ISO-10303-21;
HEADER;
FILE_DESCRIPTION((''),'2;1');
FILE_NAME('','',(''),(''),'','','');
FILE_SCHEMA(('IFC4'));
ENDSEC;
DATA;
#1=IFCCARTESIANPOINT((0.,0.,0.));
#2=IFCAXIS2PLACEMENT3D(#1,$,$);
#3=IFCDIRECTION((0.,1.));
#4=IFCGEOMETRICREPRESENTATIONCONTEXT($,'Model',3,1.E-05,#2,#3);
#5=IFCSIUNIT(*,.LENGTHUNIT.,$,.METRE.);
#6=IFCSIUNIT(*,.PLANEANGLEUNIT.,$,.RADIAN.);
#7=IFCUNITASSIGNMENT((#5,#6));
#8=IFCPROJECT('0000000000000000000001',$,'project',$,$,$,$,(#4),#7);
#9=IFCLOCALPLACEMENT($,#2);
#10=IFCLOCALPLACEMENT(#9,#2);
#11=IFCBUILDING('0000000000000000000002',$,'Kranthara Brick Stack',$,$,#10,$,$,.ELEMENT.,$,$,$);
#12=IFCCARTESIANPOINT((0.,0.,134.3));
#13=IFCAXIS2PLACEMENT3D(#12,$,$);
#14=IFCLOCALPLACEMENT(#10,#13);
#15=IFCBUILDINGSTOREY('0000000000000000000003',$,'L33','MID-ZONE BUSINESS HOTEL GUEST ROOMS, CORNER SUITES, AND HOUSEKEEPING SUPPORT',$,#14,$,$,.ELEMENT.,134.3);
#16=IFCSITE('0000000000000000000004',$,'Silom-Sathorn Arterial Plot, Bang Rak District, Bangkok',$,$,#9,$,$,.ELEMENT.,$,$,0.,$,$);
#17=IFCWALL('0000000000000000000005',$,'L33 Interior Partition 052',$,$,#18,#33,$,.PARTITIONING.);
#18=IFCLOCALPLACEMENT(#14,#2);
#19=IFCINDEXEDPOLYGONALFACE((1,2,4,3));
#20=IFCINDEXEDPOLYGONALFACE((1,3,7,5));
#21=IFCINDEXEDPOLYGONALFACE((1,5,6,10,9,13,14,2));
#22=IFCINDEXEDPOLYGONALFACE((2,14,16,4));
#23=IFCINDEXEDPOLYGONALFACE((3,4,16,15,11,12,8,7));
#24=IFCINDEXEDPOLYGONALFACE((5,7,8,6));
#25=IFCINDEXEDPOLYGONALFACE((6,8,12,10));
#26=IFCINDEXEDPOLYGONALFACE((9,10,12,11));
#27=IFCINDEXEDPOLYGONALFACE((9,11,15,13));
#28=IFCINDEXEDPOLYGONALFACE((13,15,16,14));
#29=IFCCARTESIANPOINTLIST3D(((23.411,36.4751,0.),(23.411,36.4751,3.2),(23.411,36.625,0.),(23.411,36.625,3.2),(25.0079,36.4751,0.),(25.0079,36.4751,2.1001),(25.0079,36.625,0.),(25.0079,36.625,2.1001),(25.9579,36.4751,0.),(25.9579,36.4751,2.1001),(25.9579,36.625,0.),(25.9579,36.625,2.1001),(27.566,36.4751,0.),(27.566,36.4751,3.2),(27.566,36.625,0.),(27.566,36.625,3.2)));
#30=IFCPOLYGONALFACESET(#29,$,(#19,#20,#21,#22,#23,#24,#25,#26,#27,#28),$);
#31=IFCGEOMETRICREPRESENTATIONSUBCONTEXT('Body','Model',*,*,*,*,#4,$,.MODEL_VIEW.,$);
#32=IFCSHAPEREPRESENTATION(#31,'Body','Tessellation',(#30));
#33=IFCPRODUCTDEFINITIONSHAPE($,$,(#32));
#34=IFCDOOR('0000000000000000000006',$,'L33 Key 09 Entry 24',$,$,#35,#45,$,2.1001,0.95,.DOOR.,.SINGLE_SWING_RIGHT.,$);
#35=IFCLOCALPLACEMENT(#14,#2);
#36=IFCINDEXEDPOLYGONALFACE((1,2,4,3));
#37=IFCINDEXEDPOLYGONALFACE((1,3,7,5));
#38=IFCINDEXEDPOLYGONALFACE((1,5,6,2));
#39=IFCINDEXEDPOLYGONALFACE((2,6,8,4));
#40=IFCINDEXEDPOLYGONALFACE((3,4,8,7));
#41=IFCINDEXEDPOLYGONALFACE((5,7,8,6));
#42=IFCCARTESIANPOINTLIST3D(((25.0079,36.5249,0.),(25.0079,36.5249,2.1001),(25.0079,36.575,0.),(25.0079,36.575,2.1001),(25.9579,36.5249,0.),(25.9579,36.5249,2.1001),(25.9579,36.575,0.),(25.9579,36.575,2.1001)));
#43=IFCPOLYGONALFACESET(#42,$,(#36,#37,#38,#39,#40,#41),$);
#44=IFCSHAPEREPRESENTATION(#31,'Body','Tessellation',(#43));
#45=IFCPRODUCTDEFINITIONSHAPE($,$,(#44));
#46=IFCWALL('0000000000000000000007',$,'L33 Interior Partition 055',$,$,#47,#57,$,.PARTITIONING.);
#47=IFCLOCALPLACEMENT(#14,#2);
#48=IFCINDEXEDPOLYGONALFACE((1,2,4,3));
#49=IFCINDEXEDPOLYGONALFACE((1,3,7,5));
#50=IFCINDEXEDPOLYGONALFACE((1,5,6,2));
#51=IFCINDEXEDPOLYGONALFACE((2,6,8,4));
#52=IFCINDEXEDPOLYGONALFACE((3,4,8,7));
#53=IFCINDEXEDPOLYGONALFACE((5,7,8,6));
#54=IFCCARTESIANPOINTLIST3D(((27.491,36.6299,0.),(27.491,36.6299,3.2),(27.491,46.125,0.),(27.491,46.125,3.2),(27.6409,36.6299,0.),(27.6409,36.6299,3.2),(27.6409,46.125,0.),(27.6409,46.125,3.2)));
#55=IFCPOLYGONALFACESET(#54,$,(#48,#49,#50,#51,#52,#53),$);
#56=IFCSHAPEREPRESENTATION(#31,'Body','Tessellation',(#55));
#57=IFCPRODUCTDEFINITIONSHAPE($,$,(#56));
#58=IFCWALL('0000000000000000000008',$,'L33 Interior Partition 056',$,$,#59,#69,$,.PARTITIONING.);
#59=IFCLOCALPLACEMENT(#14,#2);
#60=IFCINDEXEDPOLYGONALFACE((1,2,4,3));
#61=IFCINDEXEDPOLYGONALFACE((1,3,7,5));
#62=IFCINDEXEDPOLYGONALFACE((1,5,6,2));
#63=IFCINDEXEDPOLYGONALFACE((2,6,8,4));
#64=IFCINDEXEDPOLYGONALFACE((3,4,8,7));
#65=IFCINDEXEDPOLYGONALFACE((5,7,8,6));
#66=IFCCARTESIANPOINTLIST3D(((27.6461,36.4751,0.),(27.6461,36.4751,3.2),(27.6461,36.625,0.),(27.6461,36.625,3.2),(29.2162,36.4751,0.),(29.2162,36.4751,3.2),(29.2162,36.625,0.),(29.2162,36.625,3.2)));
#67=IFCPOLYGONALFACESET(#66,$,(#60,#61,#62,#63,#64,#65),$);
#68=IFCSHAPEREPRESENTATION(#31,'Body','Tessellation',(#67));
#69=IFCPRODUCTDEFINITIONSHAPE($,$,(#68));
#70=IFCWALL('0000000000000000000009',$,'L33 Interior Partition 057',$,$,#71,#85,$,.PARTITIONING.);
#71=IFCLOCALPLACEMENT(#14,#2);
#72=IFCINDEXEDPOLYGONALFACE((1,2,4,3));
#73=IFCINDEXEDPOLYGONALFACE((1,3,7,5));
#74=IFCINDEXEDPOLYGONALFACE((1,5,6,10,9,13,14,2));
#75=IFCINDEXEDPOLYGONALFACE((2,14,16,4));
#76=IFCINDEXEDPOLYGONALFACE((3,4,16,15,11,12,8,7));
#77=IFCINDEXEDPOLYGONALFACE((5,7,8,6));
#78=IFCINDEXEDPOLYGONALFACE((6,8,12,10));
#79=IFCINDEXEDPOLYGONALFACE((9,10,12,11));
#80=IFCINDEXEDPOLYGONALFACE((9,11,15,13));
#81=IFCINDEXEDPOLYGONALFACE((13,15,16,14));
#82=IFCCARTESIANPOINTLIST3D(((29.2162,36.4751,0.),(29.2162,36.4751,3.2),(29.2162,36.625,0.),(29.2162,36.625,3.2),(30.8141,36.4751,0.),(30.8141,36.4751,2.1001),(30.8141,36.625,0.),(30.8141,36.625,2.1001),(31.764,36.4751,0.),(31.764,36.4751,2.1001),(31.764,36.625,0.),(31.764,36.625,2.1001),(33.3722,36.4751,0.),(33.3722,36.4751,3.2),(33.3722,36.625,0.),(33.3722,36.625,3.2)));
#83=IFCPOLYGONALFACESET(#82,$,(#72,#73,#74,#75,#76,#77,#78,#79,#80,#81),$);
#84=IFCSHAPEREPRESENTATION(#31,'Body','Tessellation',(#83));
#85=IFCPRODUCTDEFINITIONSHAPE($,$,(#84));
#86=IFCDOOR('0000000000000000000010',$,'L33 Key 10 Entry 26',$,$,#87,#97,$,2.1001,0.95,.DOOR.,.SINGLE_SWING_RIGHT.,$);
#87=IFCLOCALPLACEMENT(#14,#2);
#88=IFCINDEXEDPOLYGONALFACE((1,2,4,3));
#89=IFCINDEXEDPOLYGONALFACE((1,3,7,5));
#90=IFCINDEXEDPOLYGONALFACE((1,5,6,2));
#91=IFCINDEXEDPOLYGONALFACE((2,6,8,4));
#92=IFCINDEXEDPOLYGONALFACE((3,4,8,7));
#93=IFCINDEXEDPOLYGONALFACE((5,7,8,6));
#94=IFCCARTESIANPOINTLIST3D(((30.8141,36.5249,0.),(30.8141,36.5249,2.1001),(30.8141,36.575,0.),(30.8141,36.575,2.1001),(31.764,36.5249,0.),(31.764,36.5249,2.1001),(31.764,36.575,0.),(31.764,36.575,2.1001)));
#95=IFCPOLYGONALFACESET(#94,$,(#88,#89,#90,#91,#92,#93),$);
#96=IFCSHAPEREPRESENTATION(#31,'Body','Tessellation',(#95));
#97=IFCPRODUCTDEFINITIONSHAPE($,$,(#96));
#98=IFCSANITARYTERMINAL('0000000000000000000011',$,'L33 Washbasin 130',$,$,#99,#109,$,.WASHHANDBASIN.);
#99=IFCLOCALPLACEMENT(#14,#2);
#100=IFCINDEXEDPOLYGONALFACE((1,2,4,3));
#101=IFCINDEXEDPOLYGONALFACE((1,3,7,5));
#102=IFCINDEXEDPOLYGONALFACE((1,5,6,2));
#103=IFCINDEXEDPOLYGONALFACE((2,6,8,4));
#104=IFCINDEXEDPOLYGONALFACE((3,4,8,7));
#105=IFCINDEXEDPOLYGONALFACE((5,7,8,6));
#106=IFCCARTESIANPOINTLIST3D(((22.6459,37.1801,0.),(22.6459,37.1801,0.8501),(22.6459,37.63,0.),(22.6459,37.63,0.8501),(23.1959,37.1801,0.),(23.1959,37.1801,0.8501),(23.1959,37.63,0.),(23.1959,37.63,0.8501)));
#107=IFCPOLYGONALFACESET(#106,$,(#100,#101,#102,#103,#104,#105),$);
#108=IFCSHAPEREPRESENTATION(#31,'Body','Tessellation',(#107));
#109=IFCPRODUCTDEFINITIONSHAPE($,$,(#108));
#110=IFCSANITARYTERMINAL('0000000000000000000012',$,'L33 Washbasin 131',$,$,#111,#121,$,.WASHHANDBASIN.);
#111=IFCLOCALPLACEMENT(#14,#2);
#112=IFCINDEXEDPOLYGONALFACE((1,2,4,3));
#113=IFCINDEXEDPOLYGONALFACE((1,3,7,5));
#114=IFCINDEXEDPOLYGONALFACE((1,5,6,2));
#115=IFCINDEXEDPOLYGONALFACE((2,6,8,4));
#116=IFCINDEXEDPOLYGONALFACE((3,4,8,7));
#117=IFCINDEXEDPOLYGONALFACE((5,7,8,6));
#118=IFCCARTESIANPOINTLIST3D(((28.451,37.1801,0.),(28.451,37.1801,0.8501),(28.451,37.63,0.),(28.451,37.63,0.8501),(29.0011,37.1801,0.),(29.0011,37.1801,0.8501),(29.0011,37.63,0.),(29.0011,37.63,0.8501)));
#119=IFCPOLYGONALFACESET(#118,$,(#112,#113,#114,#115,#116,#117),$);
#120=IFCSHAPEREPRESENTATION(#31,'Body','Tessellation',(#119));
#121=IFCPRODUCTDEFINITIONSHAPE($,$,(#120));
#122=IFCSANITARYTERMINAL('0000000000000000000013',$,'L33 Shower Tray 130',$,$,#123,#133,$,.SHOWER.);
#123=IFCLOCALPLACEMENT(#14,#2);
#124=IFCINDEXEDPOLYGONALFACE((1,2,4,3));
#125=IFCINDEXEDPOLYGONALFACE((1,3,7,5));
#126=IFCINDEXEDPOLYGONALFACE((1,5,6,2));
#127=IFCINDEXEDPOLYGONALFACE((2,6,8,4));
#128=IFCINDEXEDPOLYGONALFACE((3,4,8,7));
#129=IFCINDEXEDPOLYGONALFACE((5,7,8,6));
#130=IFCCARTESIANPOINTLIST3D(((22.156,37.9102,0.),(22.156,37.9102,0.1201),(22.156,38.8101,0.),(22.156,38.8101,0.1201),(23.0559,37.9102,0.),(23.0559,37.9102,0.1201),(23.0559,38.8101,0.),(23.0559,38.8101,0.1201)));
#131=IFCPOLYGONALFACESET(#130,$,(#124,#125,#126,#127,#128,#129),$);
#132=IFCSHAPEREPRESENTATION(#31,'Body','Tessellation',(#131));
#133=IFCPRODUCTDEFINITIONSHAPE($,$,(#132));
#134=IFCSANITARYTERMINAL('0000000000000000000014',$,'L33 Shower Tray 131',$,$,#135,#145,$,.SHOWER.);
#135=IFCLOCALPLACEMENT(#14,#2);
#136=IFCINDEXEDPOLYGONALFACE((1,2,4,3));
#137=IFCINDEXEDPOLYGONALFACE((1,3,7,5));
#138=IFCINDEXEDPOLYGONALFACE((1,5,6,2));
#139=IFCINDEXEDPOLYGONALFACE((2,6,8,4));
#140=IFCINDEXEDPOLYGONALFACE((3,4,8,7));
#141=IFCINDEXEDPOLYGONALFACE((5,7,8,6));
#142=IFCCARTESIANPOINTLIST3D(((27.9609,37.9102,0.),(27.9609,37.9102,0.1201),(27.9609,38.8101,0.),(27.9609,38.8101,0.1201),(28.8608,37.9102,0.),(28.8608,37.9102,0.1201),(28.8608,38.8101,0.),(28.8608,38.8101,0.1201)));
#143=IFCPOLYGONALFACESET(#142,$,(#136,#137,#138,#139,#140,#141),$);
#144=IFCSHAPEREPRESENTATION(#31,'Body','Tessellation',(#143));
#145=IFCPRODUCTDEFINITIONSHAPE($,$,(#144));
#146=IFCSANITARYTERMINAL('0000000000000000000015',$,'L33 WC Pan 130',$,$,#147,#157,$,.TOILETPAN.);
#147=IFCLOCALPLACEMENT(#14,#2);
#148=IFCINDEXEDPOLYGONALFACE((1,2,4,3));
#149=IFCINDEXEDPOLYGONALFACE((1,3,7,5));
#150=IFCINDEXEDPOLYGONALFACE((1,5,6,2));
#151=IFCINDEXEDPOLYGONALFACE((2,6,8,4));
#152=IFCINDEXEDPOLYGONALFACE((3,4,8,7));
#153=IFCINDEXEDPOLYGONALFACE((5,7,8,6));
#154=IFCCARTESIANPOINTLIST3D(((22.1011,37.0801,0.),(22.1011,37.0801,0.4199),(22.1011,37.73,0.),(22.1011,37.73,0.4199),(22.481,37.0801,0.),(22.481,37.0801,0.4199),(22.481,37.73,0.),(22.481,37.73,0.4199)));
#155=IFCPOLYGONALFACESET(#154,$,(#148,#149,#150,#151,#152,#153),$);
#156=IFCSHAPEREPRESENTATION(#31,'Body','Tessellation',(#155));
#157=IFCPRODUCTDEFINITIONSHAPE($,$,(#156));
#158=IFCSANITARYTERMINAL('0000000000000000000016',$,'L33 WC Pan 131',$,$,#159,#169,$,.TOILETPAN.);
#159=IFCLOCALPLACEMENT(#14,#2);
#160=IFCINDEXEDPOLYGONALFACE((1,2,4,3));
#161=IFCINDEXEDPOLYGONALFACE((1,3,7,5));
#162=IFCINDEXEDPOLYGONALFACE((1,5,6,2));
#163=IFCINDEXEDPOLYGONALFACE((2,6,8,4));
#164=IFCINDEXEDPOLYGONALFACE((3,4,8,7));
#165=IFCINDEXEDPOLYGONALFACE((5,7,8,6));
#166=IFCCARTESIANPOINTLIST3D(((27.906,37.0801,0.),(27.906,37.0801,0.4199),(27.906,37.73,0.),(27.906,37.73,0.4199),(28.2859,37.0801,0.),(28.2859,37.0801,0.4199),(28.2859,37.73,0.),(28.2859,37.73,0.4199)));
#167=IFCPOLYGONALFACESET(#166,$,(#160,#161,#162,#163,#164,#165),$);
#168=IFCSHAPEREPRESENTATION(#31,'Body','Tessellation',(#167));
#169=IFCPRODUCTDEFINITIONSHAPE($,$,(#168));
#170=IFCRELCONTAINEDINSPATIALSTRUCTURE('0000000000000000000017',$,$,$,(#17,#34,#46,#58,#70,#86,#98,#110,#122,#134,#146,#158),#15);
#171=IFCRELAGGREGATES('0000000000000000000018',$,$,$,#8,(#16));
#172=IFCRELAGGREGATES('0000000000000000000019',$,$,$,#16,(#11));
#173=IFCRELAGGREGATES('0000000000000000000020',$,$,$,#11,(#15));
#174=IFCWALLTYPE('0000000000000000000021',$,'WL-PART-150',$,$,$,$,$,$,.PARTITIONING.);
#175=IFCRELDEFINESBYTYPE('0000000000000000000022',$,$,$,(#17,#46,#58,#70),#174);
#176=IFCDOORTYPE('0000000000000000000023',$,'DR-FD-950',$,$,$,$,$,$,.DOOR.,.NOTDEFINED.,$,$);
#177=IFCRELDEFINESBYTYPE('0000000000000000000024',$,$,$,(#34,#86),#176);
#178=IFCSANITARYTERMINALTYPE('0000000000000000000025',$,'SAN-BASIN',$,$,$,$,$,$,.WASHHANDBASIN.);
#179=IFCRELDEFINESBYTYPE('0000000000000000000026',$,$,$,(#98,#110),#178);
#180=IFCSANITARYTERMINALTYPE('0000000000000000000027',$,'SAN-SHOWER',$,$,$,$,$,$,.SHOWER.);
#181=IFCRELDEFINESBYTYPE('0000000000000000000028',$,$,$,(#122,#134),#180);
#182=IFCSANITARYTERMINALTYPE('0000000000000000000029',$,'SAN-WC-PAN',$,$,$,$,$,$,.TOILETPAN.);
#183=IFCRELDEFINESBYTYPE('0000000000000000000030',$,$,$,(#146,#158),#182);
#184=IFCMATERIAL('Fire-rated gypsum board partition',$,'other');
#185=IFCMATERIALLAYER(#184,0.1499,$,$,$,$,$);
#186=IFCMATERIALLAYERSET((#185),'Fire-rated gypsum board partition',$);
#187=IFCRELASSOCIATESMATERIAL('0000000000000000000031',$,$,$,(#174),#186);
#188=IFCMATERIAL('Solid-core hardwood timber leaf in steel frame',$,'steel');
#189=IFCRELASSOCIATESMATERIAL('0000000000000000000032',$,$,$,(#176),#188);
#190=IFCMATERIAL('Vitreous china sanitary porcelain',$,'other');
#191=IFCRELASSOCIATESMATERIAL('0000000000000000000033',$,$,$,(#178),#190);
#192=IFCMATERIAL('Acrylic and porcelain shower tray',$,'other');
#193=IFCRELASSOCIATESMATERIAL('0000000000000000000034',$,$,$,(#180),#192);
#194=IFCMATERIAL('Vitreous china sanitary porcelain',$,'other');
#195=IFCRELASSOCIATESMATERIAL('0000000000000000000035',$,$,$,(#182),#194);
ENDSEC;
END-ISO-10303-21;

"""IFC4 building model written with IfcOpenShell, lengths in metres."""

from ifc_helpers import new_model, si_unit, direction, frame, frame_2d, origin, origin_2d, place, context, subcontext, project, spatial, rectangle, extrude, material, layer, layer_set, type_object, element, fill, save


model = new_model("IFC4")

# Units and contexts
model_context = context("Model", 3, precision=1e-05, world=origin(), true_north=direction((0.0, 1.0)))
body_context = subcontext(model_context, "Body", "Model", "MODEL_VIEW")
ifc_project = project(units=[si_unit("LENGTHUNIT", "METRE"), si_unit("PLANEANGLEUNIT", "RADIAN")], contexts=[model_context])

# Site, building, storey
site_placement = place(None, origin())
site = spatial("IfcSite", under=ifc_project, at=site_placement, Name="Silom-Sathorn Arterial Plot, Bang Rak District, Bangkok", CompositionType="ELEMENT", RefElevation=0.0)
building_placement = place(site_placement, origin())
building = spatial("IfcBuilding", under=site, at=building_placement, Name="Kranthara Brick Stack", CompositionType="ELEMENT")
storey_placement = place(building_placement, frame((0.0, 0.0, 134.3)))
storey = spatial("IfcBuildingStorey", under=building, at=storey_placement, Name="L33", Description="MID-ZONE BUSINESS HOTEL GUEST ROOMS, CORNER SUITES, AND HOUSEKEEPING SUPPORT", CompositionType="ELEMENT", Elevation=134.3)

# Shared definitions
ifc_material_1 = material(Name="Fire-rated gypsum board partition", Category="other")
ifc_layer_1 = layer(ifc_material_1, 0.1499)
ifc_layer_set_1 = layer_set([ifc_layer_1], Name="Fire-rated gypsum board partition")
wall_type_1 = type_object("IfcWallType", Name="WL-PART-150", PredefinedType="PARTITIONING", material=ifc_layer_set_1)

# Wall, opening, door
wall_1_placement = place(storey_placement, frame((23.4109, 36.55, 0.0), z_axis=(0.0, 0.0, 1.0), x_axis=(1.0, 0.0, 0.0)))
wall_1 = element("IfcWall", 1, at=wall_1_placement, inside=storey, type_object=wall_type_1, Name="L33 Interior Partition 052", PredefinedType="PARTITIONING", context=body_context, shape_type="SweptSolid", body=[
    extrude(rectangle(XDim=4.155, YDim=0.1499, at=frame_2d((2.0776, 0.0))), origin(), (0.0, 0.0, 1.0), 3.2),
])
opening_1_placement = place(wall_1_placement, frame((1.5969, 0.0, 0.0)))
opening_1 = element("IfcOpeningElement", 2, at=opening_1_placement, cuts=wall_1, PredefinedType="OPENING", context=body_context, shape_type="SweptSolid", body=[
    extrude(rectangle(XDim=0.95, YDim=2.1001, at=frame_2d((0.4751, 1.05))), frame((0.0, 0.085, 0.0), z_axis=(0.0, -1.0, 0.0), x_axis=(1.0, 0.0, 0.0)), (0.0, 0.0, 1.0), 0.1699),
])
ifc_material_2 = material(Name="Solid-core hardwood timber leaf in steel frame", Category="steel")
door_type_1 = type_object("IfcDoorType", Name="DR-FD-950", OperationType="NOTDEFINED", PredefinedType="DOOR", material=ifc_material_2)
door_1_placement = place(opening_1_placement, origin())
door_1 = element("IfcDoor", 3, at=door_1_placement, inside=storey, type_object=door_type_1, Name="L33 Key 09 Entry 24", OperationType="SINGLE_SWING_RIGHT", OverallHeight=2.1001, OverallWidth=0.95, PredefinedType="DOOR", context=body_context, shape_type="SweptSolid", body=[
    extrude(rectangle(XDim=0.95, YDim=2.1001, at=frame_2d((0.4751, 1.05))), frame((0.0, 0.0249, 0.0), z_axis=(0.0, -1.0, 0.0), x_axis=(1.0, 0.0, 0.0)), (0.0, 0.0, 1.0), 0.05),
])
fill(opening_1, door_1)

# Walls
wall_2_placement = place(storey_placement, frame((27.5659, 36.6299, 0.0), z_axis=(0.0, 0.0, 1.0), x_axis=(0.0, 1.0, 0.0)))
element("IfcWall", 4, at=wall_2_placement, inside=storey, type_object=wall_type_1, Name="L33 Interior Partition 055", PredefinedType="PARTITIONING", context=body_context, shape_type="SweptSolid", body=[
    extrude(rectangle(XDim=9.4951, YDim=0.1499, at=frame_2d((4.7476, 0.0))), origin(), (0.0, 0.0, 1.0), 3.2),
])
wall_3_placement = place(storey_placement, frame((27.646, 36.55, 0.0), z_axis=(0.0, 0.0, 1.0), x_axis=(1.0, 0.0, 0.0)))
element("IfcWall", 5, at=wall_3_placement, inside=storey, type_object=wall_type_1, Name="L33 Interior Partition 056", PredefinedType="PARTITIONING", context=body_context, shape_type="SweptSolid", body=[
    extrude(rectangle(XDim=1.5701, YDim=0.1499, at=frame_2d((0.7852, 0.0))), origin(), (0.0, 0.0, 1.0), 3.2),
])

# Wall, opening, door
wall_4_placement = place(storey_placement, frame((29.2161, 36.55, 0.0), z_axis=(0.0, 0.0, 1.0), x_axis=(1.0, 0.0, 0.0)))
wall_4 = element("IfcWall", 6, at=wall_4_placement, inside=storey, type_object=wall_type_1, Name="L33 Interior Partition 057", PredefinedType="PARTITIONING", context=body_context, shape_type="SweptSolid", body=[
    extrude(rectangle(XDim=4.156, YDim=0.1499, at=frame_2d((2.0781, 0.0))), origin(), (0.0, 0.0, 1.0), 3.2),
])
opening_2_placement = place(wall_4_placement, frame((1.5979, 0.0, 0.0)))
opening_2 = element("IfcOpeningElement", 7, at=opening_2_placement, cuts=wall_4, PredefinedType="OPENING", context=body_context, shape_type="SweptSolid", body=[
    extrude(rectangle(XDim=0.95, YDim=2.1001, at=frame_2d((0.4751, 1.05))), frame((0.0, 0.085, 0.0), z_axis=(0.0, -1.0, 0.0), x_axis=(1.0, 0.0, 0.0)), (0.0, 0.0, 1.0), 0.1699),
])
door_2_placement = place(opening_2_placement, origin())
door_2 = element("IfcDoor", 8, at=door_2_placement, inside=storey, type_object=door_type_1, Name="L33 Key 10 Entry 26", OperationType="SINGLE_SWING_RIGHT", OverallHeight=2.1001, OverallWidth=0.95, PredefinedType="DOOR", context=body_context, shape_type="SweptSolid", body=[
    extrude(rectangle(XDim=0.95, YDim=2.1001, at=frame_2d((0.4751, 1.05))), frame((0.0, 0.0249, 0.0), z_axis=(0.0, -1.0, 0.0), x_axis=(1.0, 0.0, 0.0)), (0.0, 0.0, 1.0), 0.05),
])
fill(opening_2, door_2)

# Sanitary terminals
ifc_material_3 = material(Name="Vitreous china sanitary porcelain", Category="other")
sanitary_terminal_type_1 = type_object("IfcSanitaryTerminalType", Name="SAN-BASIN", PredefinedType="WASHHANDBASIN", material=ifc_material_3)
for number, where, z_axis, x_axis, name in (
    (9, (22.9209, 37.405, 0.0), (0.0, 0.0, 1.0), (1.0, 0.0, 0.0), "L33 Washbasin 130"),
    (10, (28.7261, 37.405, 0.0), (0.0, 0.0, 1.0), (1.0, 0.0, 0.0), "L33 Washbasin 131"),
):
    element("IfcSanitaryTerminal", number, at=place(storey_placement, frame(where, z_axis=z_axis, x_axis=x_axis)), inside=storey, type_object=sanitary_terminal_type_1, Name=name, PredefinedType="WASHHANDBASIN", context=body_context, shape_type="SweptSolid", body=[
        extrude(rectangle(XDim=0.55, YDim=0.45, at=origin_2d()), origin(), (0.0, 0.0, 1.0), 0.8501),
    ])
ifc_material_4 = material(Name="Acrylic and porcelain shower tray", Category="other")
sanitary_terminal_type_2 = type_object("IfcSanitaryTerminalType", Name="SAN-SHOWER", PredefinedType="SHOWER", material=ifc_material_4)
for number, where, z_axis, x_axis, name in (
    (11, (22.606, 38.3601, 0.0), (0.0, 0.0, 1.0), (1.0, 0.0, 0.0), "L33 Shower Tray 130"),
    (12, (28.4109, 38.3601, 0.0), (0.0, 0.0, 1.0), (1.0, 0.0, 0.0), "L33 Shower Tray 131"),
):
    element("IfcSanitaryTerminal", number, at=place(storey_placement, frame(where, z_axis=z_axis, x_axis=x_axis)), inside=storey, type_object=sanitary_terminal_type_2, Name=name, PredefinedType="SHOWER", context=body_context, shape_type="SweptSolid", body=[
        extrude(rectangle(XDim=0.8999, YDim=0.8999, at=origin_2d()), origin(), (0.0, 0.0, 1.0), 0.1201),
    ])
ifc_material_5 = material(Name="Vitreous china sanitary porcelain", Category="other")
sanitary_terminal_type_3 = type_object("IfcSanitaryTerminalType", Name="SAN-WC-PAN", PredefinedType="TOILETPAN", material=ifc_material_5)
for number, where, z_axis, x_axis, name in (
    (13, (22.291, 37.405, 0.0), (0.0, 0.0, 1.0), (1.0, 0.0, 0.0), "L33 WC Pan 130"),
    (14, (28.0959, 37.405, 0.0), (0.0, 0.0, 1.0), (1.0, 0.0, 0.0), "L33 WC Pan 131"),
):
    element("IfcSanitaryTerminal", number, at=place(storey_placement, frame(where, z_axis=z_axis, x_axis=x_axis)), inside=storey, type_object=sanitary_terminal_type_3, Name=name, PredefinedType="TOILETPAN", context=body_context, shape_type="SweptSolid", body=[
        extrude(rectangle(XDim=0.3799, YDim=0.6499, at=origin_2d()), origin(), (0.0, 0.0, 1.0), 0.4199),
    ])

save(model, "model.ifc")
